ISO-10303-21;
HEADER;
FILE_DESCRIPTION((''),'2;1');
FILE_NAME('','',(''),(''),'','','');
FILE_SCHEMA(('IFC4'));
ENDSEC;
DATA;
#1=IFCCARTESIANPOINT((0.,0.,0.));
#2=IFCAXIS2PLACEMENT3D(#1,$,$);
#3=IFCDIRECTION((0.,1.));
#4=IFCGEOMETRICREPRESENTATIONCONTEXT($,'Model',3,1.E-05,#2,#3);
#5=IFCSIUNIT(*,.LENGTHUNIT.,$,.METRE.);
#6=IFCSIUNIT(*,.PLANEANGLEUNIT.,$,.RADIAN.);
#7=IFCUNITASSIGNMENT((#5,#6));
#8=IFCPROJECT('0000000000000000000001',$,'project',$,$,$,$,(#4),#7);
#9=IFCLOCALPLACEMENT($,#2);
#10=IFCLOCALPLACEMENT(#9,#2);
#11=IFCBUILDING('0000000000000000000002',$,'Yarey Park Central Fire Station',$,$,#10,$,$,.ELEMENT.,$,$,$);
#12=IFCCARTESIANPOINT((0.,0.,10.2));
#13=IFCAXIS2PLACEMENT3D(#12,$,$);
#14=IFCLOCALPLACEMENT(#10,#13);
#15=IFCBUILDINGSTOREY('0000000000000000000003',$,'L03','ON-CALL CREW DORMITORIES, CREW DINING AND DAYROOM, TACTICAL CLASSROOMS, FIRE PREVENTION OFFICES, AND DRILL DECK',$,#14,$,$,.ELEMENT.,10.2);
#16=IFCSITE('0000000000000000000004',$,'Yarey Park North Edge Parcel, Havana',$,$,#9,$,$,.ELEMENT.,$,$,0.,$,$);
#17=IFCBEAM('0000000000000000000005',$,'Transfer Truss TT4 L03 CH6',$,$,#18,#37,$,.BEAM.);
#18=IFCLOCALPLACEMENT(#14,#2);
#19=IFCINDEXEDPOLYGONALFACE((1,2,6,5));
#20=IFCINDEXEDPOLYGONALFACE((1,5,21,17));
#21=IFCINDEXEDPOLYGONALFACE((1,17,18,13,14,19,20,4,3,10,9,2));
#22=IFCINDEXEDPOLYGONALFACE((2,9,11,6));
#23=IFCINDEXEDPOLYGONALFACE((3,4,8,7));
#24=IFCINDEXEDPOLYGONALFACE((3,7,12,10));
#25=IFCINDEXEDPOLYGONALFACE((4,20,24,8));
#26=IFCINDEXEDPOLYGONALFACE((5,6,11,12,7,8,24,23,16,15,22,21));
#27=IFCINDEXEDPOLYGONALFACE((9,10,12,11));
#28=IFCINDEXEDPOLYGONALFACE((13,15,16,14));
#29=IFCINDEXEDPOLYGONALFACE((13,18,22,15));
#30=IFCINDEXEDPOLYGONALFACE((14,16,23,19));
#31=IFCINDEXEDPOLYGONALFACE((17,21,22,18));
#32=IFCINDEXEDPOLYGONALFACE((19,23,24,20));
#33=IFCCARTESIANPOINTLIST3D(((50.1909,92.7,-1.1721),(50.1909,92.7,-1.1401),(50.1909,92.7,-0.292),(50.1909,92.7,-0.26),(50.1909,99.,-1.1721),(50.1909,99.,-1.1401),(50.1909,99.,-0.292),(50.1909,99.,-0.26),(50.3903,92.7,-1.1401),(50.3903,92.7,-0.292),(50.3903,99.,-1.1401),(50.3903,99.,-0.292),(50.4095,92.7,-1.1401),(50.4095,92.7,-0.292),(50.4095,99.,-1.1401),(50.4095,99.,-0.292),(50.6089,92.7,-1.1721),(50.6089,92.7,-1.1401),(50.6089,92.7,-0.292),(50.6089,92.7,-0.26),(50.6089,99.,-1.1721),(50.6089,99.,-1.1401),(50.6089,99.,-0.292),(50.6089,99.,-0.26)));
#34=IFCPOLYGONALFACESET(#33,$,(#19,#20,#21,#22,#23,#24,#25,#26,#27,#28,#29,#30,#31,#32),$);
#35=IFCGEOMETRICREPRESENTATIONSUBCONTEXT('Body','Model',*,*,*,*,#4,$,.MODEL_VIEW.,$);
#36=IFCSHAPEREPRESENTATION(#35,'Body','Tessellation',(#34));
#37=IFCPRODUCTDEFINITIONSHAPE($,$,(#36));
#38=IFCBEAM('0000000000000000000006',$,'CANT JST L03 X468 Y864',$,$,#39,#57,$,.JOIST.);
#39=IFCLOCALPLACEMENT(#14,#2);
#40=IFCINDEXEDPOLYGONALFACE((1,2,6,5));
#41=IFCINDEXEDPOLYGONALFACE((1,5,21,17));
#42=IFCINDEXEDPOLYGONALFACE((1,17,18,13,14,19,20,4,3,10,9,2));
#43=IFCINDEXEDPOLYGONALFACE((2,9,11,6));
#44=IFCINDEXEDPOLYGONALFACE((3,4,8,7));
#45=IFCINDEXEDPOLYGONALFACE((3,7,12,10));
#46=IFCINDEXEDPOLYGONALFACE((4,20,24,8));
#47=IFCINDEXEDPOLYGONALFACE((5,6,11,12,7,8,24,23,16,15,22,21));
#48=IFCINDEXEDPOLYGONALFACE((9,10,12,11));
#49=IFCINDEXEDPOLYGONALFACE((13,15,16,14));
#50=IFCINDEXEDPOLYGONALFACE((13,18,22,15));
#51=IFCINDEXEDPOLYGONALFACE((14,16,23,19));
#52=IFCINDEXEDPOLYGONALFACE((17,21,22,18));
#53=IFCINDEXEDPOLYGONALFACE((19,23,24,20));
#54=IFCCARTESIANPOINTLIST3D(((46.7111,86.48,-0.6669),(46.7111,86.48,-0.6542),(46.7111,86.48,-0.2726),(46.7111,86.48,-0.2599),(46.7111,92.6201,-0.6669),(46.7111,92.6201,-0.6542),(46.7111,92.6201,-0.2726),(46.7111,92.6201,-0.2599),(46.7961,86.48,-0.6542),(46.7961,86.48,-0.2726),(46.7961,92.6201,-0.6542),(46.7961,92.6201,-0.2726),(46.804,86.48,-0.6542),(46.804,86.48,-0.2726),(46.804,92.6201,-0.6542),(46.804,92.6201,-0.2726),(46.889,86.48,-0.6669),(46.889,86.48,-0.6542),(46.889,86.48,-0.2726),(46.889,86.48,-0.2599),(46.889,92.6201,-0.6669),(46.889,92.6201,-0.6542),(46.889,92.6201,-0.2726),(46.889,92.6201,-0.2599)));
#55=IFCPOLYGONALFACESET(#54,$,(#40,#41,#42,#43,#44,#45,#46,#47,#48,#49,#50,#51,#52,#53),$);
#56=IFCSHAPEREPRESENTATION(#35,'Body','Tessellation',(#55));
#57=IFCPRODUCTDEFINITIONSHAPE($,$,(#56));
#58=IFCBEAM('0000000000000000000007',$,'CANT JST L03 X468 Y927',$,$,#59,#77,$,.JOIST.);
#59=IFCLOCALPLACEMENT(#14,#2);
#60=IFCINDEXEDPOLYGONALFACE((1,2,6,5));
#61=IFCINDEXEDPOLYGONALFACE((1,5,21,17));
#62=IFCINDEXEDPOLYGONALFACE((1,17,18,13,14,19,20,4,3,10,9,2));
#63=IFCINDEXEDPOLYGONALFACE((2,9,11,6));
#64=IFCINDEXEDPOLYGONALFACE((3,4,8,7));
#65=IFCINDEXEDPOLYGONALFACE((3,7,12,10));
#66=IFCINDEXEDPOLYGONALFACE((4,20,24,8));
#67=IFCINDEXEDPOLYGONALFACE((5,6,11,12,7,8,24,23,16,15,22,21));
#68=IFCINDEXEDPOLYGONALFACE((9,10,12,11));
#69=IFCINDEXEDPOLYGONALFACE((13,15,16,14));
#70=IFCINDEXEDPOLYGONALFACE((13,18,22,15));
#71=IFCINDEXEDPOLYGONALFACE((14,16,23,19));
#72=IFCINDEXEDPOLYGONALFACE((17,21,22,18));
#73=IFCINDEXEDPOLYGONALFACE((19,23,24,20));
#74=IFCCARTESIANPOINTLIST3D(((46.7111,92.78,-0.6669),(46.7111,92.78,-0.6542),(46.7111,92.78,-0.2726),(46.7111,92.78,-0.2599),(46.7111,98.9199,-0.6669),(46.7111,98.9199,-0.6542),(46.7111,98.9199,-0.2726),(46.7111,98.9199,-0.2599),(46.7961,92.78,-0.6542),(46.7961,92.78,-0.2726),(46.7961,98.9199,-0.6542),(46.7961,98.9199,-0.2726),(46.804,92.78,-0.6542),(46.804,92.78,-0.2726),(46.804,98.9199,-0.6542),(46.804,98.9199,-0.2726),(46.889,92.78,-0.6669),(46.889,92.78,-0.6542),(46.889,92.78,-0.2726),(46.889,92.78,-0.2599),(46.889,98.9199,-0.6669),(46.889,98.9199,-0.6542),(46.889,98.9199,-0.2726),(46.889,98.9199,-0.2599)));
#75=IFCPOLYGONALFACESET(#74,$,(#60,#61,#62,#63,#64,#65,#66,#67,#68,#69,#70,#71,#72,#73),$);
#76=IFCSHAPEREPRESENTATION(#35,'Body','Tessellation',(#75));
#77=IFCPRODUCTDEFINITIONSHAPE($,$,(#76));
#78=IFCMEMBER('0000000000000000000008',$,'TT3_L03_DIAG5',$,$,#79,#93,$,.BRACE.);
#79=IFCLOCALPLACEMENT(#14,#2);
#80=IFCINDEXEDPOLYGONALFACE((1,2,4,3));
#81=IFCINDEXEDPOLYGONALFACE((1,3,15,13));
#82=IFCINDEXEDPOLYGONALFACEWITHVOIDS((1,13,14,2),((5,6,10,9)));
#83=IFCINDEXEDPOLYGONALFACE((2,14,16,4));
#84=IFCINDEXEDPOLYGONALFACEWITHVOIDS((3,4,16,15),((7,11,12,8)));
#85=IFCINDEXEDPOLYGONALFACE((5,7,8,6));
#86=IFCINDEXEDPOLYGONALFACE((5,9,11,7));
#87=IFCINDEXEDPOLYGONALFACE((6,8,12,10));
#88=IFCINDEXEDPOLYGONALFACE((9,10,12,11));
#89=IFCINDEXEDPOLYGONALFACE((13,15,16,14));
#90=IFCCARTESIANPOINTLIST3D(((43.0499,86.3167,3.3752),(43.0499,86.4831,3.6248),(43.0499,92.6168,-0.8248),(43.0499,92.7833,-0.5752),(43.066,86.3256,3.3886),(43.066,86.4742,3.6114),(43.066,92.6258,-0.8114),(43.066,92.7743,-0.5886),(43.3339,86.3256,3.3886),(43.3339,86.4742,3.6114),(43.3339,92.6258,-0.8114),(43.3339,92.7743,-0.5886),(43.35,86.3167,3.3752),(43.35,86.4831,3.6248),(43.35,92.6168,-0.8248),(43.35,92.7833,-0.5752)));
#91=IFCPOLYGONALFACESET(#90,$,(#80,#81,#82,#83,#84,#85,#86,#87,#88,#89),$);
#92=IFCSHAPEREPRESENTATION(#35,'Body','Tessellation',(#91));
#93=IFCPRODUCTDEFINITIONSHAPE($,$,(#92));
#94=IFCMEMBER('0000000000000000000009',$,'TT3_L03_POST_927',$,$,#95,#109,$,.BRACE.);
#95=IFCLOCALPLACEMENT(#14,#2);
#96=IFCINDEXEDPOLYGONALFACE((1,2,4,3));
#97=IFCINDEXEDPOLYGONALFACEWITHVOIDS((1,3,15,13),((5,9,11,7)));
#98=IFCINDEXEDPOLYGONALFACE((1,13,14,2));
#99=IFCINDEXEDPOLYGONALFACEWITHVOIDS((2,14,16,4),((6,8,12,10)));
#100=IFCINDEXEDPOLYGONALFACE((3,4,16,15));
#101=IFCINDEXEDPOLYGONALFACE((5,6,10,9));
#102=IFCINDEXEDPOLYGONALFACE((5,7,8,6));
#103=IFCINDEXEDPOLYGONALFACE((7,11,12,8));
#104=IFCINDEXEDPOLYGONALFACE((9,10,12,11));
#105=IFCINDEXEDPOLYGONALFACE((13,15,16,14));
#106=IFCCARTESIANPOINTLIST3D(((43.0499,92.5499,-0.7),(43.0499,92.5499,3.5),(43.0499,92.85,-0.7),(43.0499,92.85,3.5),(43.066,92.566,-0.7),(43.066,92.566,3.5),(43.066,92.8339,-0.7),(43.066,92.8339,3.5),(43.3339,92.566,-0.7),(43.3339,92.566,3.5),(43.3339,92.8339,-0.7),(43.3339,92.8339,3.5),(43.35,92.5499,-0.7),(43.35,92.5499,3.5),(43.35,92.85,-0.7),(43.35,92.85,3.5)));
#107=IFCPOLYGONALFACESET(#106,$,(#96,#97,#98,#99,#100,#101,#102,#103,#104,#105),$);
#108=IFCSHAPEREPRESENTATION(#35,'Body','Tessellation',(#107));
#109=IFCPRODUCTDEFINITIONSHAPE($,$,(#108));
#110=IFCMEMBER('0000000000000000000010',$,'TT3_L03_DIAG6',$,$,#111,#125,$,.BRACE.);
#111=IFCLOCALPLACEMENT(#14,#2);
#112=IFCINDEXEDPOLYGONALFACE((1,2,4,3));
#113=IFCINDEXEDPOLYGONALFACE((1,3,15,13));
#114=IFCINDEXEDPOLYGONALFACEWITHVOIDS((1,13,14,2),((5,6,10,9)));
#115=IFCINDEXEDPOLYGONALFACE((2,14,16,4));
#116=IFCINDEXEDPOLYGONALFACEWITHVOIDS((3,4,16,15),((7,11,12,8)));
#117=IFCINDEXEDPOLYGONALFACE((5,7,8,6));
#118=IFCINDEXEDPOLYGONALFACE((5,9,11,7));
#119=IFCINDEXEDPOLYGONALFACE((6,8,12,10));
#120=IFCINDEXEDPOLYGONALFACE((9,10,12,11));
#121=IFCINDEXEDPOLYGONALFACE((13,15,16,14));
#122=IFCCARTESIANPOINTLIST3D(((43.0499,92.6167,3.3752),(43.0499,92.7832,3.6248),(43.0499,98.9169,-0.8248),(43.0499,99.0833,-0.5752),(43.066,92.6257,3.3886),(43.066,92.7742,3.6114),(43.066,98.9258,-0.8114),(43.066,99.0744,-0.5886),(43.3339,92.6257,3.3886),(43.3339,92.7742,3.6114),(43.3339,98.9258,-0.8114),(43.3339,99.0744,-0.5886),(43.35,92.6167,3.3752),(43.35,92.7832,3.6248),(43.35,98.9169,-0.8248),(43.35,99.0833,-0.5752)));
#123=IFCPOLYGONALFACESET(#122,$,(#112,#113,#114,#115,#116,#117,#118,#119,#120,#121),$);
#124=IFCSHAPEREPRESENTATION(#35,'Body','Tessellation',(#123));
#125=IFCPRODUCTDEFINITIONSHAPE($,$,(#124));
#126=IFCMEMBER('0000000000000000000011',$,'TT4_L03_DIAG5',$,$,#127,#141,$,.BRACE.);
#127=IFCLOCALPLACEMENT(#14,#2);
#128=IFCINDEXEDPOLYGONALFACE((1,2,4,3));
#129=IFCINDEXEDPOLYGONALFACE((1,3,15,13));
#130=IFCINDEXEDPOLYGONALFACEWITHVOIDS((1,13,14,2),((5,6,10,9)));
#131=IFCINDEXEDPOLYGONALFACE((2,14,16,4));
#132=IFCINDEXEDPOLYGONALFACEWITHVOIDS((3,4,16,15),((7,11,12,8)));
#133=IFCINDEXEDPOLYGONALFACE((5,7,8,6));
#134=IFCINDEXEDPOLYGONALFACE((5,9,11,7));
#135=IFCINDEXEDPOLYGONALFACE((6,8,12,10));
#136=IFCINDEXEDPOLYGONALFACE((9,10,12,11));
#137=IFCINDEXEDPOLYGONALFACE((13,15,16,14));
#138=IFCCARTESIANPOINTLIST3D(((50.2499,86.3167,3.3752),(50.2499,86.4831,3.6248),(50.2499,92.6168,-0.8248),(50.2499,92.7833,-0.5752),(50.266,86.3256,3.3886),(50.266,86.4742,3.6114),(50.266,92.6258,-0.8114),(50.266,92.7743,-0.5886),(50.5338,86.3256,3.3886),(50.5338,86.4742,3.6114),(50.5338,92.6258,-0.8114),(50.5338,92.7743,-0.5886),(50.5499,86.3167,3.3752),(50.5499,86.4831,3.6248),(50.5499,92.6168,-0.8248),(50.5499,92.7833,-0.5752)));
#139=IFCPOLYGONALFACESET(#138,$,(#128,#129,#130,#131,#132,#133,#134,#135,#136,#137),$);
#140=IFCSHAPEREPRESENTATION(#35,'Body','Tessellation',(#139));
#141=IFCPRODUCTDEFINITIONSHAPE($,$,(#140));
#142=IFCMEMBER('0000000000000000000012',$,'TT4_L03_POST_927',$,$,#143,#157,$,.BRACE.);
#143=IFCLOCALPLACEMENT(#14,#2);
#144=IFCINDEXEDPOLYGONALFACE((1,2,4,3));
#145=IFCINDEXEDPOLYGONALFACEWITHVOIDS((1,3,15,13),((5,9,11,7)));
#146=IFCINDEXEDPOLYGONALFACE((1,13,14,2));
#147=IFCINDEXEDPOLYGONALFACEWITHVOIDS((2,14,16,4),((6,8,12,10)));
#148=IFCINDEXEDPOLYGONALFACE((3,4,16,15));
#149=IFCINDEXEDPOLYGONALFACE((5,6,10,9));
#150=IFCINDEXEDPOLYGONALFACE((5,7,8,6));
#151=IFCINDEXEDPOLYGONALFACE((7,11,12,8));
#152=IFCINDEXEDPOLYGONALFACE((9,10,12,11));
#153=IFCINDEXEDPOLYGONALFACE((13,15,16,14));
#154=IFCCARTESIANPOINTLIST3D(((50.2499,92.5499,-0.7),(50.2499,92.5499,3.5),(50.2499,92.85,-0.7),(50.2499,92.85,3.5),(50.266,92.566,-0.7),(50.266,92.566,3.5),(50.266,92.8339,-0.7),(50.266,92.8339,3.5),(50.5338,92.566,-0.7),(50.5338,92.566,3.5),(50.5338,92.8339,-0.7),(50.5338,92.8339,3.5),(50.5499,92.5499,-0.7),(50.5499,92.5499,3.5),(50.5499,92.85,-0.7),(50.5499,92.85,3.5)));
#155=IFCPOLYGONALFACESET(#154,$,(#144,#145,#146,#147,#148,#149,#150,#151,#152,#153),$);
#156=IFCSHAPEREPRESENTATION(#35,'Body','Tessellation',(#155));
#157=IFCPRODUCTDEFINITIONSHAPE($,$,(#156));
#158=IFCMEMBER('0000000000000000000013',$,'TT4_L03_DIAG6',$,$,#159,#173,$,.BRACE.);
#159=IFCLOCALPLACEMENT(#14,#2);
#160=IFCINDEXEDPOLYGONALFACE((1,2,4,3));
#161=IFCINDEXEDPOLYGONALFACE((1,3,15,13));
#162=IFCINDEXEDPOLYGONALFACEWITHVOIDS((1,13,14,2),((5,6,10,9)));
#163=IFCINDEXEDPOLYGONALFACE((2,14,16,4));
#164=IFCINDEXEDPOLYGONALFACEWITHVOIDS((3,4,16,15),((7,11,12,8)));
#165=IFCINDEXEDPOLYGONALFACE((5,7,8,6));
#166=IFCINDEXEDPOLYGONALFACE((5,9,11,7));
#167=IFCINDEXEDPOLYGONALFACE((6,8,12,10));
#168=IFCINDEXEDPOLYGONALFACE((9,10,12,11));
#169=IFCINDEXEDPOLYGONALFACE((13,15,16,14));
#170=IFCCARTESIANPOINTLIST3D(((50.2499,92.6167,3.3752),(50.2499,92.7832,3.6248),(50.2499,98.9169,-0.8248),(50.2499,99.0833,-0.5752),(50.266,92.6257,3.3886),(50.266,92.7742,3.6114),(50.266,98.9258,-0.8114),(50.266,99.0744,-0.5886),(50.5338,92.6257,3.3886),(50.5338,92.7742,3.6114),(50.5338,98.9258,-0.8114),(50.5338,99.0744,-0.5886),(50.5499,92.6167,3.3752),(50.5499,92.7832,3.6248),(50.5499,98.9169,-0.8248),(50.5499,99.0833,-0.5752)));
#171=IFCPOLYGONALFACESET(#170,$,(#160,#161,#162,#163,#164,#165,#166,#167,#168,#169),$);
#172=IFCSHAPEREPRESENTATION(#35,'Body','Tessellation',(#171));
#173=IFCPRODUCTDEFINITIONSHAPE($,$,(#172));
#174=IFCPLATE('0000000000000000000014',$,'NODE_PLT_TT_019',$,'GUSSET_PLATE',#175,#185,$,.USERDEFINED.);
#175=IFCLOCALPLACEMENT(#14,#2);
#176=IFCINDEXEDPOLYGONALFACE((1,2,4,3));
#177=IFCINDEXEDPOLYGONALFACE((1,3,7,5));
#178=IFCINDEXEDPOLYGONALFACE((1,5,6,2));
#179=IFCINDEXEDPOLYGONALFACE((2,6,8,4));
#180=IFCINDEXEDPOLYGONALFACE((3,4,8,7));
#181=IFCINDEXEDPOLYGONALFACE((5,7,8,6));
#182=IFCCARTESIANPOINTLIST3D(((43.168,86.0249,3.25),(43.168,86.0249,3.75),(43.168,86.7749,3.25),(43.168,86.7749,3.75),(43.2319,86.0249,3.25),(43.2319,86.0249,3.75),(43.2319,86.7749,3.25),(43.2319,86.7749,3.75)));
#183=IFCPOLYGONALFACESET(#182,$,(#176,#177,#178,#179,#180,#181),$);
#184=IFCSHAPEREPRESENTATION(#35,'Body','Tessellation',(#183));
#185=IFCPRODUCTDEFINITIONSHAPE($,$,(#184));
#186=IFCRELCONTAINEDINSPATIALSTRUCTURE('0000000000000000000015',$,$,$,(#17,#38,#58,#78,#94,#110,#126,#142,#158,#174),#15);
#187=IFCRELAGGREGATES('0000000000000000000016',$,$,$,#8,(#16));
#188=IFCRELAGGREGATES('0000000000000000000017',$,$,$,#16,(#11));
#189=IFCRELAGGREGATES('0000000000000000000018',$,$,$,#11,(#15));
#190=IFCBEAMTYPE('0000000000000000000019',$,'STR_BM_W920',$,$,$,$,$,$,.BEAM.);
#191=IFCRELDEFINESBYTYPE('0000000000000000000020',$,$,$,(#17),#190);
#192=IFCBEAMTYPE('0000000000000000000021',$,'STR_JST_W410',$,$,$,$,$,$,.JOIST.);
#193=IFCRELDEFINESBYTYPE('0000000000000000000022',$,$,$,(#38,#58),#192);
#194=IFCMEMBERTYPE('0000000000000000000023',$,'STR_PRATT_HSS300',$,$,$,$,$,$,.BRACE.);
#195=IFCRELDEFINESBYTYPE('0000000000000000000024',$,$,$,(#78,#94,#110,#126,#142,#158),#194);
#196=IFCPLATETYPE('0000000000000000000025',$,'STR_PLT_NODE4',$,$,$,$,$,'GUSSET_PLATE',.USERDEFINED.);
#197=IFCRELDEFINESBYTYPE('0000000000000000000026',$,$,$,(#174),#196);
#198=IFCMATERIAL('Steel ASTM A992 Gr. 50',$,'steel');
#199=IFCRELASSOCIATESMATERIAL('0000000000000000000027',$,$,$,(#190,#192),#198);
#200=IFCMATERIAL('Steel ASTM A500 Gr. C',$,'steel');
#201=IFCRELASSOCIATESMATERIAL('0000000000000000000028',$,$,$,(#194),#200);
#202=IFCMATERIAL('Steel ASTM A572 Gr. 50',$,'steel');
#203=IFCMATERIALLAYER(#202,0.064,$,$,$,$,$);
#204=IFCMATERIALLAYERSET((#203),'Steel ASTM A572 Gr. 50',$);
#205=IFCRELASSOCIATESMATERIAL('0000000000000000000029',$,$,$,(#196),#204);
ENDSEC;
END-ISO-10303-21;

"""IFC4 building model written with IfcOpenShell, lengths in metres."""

from ifc_helpers import new_model, si_unit, direction, frame, origin, origin_2d, place, context, subcontext, project, spatial, rectangle, hollow_rectangle, i_section, extrude, material, layer, layer_set, material_profile, profile_set, type_object, element, save


model = new_model("IFC4")

# Units and contexts
model_context = context("Model", 3, precision=1e-05, world=origin(), true_north=direction((0.0, 1.0)))
body_context = subcontext(model_context, "Body", "Model", "MODEL_VIEW")
ifc_project = project(units=[si_unit("LENGTHUNIT", "METRE"), si_unit("PLANEANGLEUNIT", "RADIAN")], contexts=[model_context])

# Site, building, storey
site_placement = place(None, origin())
site = spatial("IfcSite", under=ifc_project, at=site_placement, Name="Yarey Park North Edge Parcel, Havana", CompositionType="ELEMENT", RefElevation=0.0)
building_placement = place(site_placement, origin())
building = spatial("IfcBuilding", under=site, at=building_placement, Name="Yarey Park Central Fire Station", CompositionType="ELEMENT")
storey_placement = place(building_placement, frame((0.0, 0.0, 10.2)))
storey = spatial("IfcBuildingStorey", under=building, at=storey_placement, Name="L03", Description="ON-CALL CREW DORMITORIES, CREW DINING AND DAYROOM, TACTICAL CLASSROOMS, FIRE PREVENTION OFFICES, AND DRILL DECK", CompositionType="ELEMENT", Elevation=10.2)

# Shared definitions
ifc_material_1 = material(Name="Steel ASTM A992 Gr. 50", Category="steel")

# Beams
ifc_material_profile_1 = material_profile(ifc_material_1, i_section(OverallWidth=0.418, OverallDepth=0.9121, WebThickness=0.0193, FlangeThickness=0.032, at=origin_2d()), Name="W920x342")
ifc_profile_set_1 = profile_set([ifc_material_profile_1], Name="Steel ASTM A992 Gr. 50")
beam_type_1 = type_object("IfcBeamType", Name="STR_BM_W920", PredefinedType="BEAM", material=ifc_profile_set_1)
for number, where, z_axis, x_axis, name in (
    (1, (50.3999, 92.7, -0.7161), (0.0, 1.0, 0.0), (-1.0, 0.0, 0.0), "Transfer Truss TT4 L03 CH6"),
):
    element("IfcBeam", number, at=place(storey_placement, frame(where, z_axis=z_axis, x_axis=x_axis)), inside=storey, type_object=beam_type_1, Name=name, PredefinedType="BEAM", context=body_context, shape_type="SweptSolid", body=[
        extrude(i_section(OverallWidth=0.418, OverallDepth=0.9121, WebThickness=0.0193, FlangeThickness=0.032, at=origin_2d()), origin(), (0.0, 0.0, 1.0), 6.3),
    ])
ifc_material_profile_2 = material_profile(ifc_material_1, i_section(OverallWidth=0.178, OverallDepth=0.407, WebThickness=0.0078, FlangeThickness=0.0127, at=origin_2d()), Name="W410x60")
ifc_profile_set_2 = profile_set([ifc_material_profile_2], Name="Steel ASTM A992 Gr. 50")
beam_type_2 = type_object("IfcBeamType", Name="STR_JST_W410", PredefinedType="JOIST", material=ifc_profile_set_2)
beam_1_placement = place(storey_placement, frame((46.8, 86.48, -0.4634), z_axis=(0.0, 1.0, 0.0), x_axis=(-1.0, 0.0, 0.0)))
element("IfcBeam", 2, at=beam_1_placement, inside=storey, type_object=beam_type_2, Name="CANT JST L03 X468 Y864", PredefinedType="JOIST", context=body_context, shape_type="SweptSolid", body=[
    extrude(i_section(OverallWidth=0.178, OverallDepth=0.407, WebThickness=0.0078, FlangeThickness=0.0127, at=origin_2d()), origin(), (0.0, 0.0, 1.0), 6.1401),
])
beam_2_placement = place(storey_placement, frame((46.8, 92.78, -0.4634), z_axis=(0.0, 1.0, 0.0), x_axis=(-1.0, 0.0, 0.0)))
element("IfcBeam", 3, at=beam_2_placement, inside=storey, type_object=beam_type_2, Name="CANT JST L03 X468 Y927", PredefinedType="JOIST", context=body_context, shape_type="SweptSolid", body=[
    extrude(i_section(OverallWidth=0.178, OverallDepth=0.407, WebThickness=0.0078, FlangeThickness=0.0127, at=origin_2d()), origin(), (0.0, 0.0, 1.0), 6.1399),
])

# Members
ifc_material_2 = material(Name="Steel ASTM A500 Gr. C", Category="steel")
ifc_material_profile_3 = material_profile(ifc_material_2, hollow_rectangle(XDim=0.3, YDim=0.3, WallThickness=0.0161, at=origin_2d()), Name="HSS 300x300x16")
ifc_profile_set_3 = profile_set([ifc_material_profile_3], Name="Steel ASTM A500 Gr. C")
member_type = type_object("IfcMemberType", Name="STR_PRATT_HSS300", PredefinedType="BRACE", material=ifc_profile_set_3)
member_1_placement = place(storey_placement, frame((43.2, 86.3999, 3.5), z_axis=(0.0, 0.832055, -0.554693), x_axis=(-1.0, 0.0, 0.0)))
element("IfcMember", 4, at=member_1_placement, inside=storey, type_object=member_type, Name="TT3_L03_DIAG5", PredefinedType="BRACE", context=body_context, shape_type="SweptSolid", body=[
    extrude(hollow_rectangle(XDim=0.3, YDim=0.3, WallThickness=0.0161, at=origin_2d()), origin(), (0.0, 0.0, 1.0), 7.5718),
])
member_2_placement = place(storey_placement, frame((43.2, 92.7, -0.7), z_axis=(0.0, 0.0, 1.0), x_axis=(1.0, 0.0, 0.0)))
element("IfcMember", 5, at=member_2_placement, inside=storey, type_object=member_type, Name="TT3_L03_POST_927", PredefinedType="BRACE", context=body_context, shape_type="SweptSolid", body=[
    extrude(hollow_rectangle(XDim=0.3, YDim=0.3, WallThickness=0.0161, at=origin_2d()), origin(), (0.0, 0.0, 1.0), 4.2),
])
for number, where, z_axis, x_axis, name in (
    (6, (43.2, 92.7, 3.5), (0.0, 0.832055, -0.554693), (-1.0, 0.0, 0.0), "TT3_L03_DIAG6"),
    (7, (50.3999, 86.3999, 3.5), (0.0, 0.832055, -0.554693), (-1.0, 0.0, 0.0), "TT4_L03_DIAG5"),
):
    element("IfcMember", number, at=place(storey_placement, frame(where, z_axis=z_axis, x_axis=x_axis)), inside=storey, type_object=member_type, Name=name, PredefinedType="BRACE", context=body_context, shape_type="SweptSolid", body=[
        extrude(hollow_rectangle(XDim=0.3, YDim=0.3, WallThickness=0.0161, at=origin_2d()), origin(), (0.0, 0.0, 1.0), 7.5718),
    ])
member_3_placement = place(storey_placement, frame((50.3999, 92.7, -0.7), z_axis=(0.0, 0.0, 1.0), x_axis=(1.0, 0.0, 0.0)))
element("IfcMember", 8, at=member_3_placement, inside=storey, type_object=member_type, Name="TT4_L03_POST_927", PredefinedType="BRACE", context=body_context, shape_type="SweptSolid", body=[
    extrude(hollow_rectangle(XDim=0.3, YDim=0.3, WallThickness=0.0161, at=origin_2d()), origin(), (0.0, 0.0, 1.0), 4.2),
])
member_4_placement = place(storey_placement, frame((50.3999, 92.7, 3.5), z_axis=(0.0, 0.832055, -0.554693), x_axis=(-1.0, 0.0, 0.0)))
element("IfcMember", 9, at=member_4_placement, inside=storey, type_object=member_type, Name="TT4_L03_DIAG6", PredefinedType="BRACE", context=body_context, shape_type="SweptSolid", body=[
    extrude(hollow_rectangle(XDim=0.3, YDim=0.3, WallThickness=0.0161, at=origin_2d()), origin(), (0.0, 0.0, 1.0), 7.5718),
])

# Plate
ifc_material_3 = material(Name="Steel ASTM A572 Gr. 50", Category="steel")
ifc_layer_1 = layer(ifc_material_3, 0.064)
ifc_layer_set_1 = layer_set([ifc_layer_1], Name="Steel ASTM A572 Gr. 50")
plate_type = type_object("IfcPlateType", Name="STR_PLT_NODE4", ElementType="GUSSET_PLATE", PredefinedType="USERDEFINED", material=ifc_layer_set_1)
for number, where, z_axis, x_axis, name in (
    (10, (43.2, 86.3999, 3.25), (0.0, 0.0, 1.0), (1.0, 0.0, 0.0), "NODE_PLT_TT_019"),
):
    element("IfcPlate", number, at=place(storey_placement, frame(where, z_axis=z_axis, x_axis=x_axis)), inside=storey, type_object=plate_type, Name=name, ObjectType="GUSSET_PLATE", PredefinedType="USERDEFINED", context=body_context, shape_type="SweptSolid", body=[
        extrude(rectangle(XDim=0.064, YDim=0.75, at=origin_2d()), origin(), (0.0, 0.0, 1.0), 0.5),
    ])

save(model, "model.ifc")
